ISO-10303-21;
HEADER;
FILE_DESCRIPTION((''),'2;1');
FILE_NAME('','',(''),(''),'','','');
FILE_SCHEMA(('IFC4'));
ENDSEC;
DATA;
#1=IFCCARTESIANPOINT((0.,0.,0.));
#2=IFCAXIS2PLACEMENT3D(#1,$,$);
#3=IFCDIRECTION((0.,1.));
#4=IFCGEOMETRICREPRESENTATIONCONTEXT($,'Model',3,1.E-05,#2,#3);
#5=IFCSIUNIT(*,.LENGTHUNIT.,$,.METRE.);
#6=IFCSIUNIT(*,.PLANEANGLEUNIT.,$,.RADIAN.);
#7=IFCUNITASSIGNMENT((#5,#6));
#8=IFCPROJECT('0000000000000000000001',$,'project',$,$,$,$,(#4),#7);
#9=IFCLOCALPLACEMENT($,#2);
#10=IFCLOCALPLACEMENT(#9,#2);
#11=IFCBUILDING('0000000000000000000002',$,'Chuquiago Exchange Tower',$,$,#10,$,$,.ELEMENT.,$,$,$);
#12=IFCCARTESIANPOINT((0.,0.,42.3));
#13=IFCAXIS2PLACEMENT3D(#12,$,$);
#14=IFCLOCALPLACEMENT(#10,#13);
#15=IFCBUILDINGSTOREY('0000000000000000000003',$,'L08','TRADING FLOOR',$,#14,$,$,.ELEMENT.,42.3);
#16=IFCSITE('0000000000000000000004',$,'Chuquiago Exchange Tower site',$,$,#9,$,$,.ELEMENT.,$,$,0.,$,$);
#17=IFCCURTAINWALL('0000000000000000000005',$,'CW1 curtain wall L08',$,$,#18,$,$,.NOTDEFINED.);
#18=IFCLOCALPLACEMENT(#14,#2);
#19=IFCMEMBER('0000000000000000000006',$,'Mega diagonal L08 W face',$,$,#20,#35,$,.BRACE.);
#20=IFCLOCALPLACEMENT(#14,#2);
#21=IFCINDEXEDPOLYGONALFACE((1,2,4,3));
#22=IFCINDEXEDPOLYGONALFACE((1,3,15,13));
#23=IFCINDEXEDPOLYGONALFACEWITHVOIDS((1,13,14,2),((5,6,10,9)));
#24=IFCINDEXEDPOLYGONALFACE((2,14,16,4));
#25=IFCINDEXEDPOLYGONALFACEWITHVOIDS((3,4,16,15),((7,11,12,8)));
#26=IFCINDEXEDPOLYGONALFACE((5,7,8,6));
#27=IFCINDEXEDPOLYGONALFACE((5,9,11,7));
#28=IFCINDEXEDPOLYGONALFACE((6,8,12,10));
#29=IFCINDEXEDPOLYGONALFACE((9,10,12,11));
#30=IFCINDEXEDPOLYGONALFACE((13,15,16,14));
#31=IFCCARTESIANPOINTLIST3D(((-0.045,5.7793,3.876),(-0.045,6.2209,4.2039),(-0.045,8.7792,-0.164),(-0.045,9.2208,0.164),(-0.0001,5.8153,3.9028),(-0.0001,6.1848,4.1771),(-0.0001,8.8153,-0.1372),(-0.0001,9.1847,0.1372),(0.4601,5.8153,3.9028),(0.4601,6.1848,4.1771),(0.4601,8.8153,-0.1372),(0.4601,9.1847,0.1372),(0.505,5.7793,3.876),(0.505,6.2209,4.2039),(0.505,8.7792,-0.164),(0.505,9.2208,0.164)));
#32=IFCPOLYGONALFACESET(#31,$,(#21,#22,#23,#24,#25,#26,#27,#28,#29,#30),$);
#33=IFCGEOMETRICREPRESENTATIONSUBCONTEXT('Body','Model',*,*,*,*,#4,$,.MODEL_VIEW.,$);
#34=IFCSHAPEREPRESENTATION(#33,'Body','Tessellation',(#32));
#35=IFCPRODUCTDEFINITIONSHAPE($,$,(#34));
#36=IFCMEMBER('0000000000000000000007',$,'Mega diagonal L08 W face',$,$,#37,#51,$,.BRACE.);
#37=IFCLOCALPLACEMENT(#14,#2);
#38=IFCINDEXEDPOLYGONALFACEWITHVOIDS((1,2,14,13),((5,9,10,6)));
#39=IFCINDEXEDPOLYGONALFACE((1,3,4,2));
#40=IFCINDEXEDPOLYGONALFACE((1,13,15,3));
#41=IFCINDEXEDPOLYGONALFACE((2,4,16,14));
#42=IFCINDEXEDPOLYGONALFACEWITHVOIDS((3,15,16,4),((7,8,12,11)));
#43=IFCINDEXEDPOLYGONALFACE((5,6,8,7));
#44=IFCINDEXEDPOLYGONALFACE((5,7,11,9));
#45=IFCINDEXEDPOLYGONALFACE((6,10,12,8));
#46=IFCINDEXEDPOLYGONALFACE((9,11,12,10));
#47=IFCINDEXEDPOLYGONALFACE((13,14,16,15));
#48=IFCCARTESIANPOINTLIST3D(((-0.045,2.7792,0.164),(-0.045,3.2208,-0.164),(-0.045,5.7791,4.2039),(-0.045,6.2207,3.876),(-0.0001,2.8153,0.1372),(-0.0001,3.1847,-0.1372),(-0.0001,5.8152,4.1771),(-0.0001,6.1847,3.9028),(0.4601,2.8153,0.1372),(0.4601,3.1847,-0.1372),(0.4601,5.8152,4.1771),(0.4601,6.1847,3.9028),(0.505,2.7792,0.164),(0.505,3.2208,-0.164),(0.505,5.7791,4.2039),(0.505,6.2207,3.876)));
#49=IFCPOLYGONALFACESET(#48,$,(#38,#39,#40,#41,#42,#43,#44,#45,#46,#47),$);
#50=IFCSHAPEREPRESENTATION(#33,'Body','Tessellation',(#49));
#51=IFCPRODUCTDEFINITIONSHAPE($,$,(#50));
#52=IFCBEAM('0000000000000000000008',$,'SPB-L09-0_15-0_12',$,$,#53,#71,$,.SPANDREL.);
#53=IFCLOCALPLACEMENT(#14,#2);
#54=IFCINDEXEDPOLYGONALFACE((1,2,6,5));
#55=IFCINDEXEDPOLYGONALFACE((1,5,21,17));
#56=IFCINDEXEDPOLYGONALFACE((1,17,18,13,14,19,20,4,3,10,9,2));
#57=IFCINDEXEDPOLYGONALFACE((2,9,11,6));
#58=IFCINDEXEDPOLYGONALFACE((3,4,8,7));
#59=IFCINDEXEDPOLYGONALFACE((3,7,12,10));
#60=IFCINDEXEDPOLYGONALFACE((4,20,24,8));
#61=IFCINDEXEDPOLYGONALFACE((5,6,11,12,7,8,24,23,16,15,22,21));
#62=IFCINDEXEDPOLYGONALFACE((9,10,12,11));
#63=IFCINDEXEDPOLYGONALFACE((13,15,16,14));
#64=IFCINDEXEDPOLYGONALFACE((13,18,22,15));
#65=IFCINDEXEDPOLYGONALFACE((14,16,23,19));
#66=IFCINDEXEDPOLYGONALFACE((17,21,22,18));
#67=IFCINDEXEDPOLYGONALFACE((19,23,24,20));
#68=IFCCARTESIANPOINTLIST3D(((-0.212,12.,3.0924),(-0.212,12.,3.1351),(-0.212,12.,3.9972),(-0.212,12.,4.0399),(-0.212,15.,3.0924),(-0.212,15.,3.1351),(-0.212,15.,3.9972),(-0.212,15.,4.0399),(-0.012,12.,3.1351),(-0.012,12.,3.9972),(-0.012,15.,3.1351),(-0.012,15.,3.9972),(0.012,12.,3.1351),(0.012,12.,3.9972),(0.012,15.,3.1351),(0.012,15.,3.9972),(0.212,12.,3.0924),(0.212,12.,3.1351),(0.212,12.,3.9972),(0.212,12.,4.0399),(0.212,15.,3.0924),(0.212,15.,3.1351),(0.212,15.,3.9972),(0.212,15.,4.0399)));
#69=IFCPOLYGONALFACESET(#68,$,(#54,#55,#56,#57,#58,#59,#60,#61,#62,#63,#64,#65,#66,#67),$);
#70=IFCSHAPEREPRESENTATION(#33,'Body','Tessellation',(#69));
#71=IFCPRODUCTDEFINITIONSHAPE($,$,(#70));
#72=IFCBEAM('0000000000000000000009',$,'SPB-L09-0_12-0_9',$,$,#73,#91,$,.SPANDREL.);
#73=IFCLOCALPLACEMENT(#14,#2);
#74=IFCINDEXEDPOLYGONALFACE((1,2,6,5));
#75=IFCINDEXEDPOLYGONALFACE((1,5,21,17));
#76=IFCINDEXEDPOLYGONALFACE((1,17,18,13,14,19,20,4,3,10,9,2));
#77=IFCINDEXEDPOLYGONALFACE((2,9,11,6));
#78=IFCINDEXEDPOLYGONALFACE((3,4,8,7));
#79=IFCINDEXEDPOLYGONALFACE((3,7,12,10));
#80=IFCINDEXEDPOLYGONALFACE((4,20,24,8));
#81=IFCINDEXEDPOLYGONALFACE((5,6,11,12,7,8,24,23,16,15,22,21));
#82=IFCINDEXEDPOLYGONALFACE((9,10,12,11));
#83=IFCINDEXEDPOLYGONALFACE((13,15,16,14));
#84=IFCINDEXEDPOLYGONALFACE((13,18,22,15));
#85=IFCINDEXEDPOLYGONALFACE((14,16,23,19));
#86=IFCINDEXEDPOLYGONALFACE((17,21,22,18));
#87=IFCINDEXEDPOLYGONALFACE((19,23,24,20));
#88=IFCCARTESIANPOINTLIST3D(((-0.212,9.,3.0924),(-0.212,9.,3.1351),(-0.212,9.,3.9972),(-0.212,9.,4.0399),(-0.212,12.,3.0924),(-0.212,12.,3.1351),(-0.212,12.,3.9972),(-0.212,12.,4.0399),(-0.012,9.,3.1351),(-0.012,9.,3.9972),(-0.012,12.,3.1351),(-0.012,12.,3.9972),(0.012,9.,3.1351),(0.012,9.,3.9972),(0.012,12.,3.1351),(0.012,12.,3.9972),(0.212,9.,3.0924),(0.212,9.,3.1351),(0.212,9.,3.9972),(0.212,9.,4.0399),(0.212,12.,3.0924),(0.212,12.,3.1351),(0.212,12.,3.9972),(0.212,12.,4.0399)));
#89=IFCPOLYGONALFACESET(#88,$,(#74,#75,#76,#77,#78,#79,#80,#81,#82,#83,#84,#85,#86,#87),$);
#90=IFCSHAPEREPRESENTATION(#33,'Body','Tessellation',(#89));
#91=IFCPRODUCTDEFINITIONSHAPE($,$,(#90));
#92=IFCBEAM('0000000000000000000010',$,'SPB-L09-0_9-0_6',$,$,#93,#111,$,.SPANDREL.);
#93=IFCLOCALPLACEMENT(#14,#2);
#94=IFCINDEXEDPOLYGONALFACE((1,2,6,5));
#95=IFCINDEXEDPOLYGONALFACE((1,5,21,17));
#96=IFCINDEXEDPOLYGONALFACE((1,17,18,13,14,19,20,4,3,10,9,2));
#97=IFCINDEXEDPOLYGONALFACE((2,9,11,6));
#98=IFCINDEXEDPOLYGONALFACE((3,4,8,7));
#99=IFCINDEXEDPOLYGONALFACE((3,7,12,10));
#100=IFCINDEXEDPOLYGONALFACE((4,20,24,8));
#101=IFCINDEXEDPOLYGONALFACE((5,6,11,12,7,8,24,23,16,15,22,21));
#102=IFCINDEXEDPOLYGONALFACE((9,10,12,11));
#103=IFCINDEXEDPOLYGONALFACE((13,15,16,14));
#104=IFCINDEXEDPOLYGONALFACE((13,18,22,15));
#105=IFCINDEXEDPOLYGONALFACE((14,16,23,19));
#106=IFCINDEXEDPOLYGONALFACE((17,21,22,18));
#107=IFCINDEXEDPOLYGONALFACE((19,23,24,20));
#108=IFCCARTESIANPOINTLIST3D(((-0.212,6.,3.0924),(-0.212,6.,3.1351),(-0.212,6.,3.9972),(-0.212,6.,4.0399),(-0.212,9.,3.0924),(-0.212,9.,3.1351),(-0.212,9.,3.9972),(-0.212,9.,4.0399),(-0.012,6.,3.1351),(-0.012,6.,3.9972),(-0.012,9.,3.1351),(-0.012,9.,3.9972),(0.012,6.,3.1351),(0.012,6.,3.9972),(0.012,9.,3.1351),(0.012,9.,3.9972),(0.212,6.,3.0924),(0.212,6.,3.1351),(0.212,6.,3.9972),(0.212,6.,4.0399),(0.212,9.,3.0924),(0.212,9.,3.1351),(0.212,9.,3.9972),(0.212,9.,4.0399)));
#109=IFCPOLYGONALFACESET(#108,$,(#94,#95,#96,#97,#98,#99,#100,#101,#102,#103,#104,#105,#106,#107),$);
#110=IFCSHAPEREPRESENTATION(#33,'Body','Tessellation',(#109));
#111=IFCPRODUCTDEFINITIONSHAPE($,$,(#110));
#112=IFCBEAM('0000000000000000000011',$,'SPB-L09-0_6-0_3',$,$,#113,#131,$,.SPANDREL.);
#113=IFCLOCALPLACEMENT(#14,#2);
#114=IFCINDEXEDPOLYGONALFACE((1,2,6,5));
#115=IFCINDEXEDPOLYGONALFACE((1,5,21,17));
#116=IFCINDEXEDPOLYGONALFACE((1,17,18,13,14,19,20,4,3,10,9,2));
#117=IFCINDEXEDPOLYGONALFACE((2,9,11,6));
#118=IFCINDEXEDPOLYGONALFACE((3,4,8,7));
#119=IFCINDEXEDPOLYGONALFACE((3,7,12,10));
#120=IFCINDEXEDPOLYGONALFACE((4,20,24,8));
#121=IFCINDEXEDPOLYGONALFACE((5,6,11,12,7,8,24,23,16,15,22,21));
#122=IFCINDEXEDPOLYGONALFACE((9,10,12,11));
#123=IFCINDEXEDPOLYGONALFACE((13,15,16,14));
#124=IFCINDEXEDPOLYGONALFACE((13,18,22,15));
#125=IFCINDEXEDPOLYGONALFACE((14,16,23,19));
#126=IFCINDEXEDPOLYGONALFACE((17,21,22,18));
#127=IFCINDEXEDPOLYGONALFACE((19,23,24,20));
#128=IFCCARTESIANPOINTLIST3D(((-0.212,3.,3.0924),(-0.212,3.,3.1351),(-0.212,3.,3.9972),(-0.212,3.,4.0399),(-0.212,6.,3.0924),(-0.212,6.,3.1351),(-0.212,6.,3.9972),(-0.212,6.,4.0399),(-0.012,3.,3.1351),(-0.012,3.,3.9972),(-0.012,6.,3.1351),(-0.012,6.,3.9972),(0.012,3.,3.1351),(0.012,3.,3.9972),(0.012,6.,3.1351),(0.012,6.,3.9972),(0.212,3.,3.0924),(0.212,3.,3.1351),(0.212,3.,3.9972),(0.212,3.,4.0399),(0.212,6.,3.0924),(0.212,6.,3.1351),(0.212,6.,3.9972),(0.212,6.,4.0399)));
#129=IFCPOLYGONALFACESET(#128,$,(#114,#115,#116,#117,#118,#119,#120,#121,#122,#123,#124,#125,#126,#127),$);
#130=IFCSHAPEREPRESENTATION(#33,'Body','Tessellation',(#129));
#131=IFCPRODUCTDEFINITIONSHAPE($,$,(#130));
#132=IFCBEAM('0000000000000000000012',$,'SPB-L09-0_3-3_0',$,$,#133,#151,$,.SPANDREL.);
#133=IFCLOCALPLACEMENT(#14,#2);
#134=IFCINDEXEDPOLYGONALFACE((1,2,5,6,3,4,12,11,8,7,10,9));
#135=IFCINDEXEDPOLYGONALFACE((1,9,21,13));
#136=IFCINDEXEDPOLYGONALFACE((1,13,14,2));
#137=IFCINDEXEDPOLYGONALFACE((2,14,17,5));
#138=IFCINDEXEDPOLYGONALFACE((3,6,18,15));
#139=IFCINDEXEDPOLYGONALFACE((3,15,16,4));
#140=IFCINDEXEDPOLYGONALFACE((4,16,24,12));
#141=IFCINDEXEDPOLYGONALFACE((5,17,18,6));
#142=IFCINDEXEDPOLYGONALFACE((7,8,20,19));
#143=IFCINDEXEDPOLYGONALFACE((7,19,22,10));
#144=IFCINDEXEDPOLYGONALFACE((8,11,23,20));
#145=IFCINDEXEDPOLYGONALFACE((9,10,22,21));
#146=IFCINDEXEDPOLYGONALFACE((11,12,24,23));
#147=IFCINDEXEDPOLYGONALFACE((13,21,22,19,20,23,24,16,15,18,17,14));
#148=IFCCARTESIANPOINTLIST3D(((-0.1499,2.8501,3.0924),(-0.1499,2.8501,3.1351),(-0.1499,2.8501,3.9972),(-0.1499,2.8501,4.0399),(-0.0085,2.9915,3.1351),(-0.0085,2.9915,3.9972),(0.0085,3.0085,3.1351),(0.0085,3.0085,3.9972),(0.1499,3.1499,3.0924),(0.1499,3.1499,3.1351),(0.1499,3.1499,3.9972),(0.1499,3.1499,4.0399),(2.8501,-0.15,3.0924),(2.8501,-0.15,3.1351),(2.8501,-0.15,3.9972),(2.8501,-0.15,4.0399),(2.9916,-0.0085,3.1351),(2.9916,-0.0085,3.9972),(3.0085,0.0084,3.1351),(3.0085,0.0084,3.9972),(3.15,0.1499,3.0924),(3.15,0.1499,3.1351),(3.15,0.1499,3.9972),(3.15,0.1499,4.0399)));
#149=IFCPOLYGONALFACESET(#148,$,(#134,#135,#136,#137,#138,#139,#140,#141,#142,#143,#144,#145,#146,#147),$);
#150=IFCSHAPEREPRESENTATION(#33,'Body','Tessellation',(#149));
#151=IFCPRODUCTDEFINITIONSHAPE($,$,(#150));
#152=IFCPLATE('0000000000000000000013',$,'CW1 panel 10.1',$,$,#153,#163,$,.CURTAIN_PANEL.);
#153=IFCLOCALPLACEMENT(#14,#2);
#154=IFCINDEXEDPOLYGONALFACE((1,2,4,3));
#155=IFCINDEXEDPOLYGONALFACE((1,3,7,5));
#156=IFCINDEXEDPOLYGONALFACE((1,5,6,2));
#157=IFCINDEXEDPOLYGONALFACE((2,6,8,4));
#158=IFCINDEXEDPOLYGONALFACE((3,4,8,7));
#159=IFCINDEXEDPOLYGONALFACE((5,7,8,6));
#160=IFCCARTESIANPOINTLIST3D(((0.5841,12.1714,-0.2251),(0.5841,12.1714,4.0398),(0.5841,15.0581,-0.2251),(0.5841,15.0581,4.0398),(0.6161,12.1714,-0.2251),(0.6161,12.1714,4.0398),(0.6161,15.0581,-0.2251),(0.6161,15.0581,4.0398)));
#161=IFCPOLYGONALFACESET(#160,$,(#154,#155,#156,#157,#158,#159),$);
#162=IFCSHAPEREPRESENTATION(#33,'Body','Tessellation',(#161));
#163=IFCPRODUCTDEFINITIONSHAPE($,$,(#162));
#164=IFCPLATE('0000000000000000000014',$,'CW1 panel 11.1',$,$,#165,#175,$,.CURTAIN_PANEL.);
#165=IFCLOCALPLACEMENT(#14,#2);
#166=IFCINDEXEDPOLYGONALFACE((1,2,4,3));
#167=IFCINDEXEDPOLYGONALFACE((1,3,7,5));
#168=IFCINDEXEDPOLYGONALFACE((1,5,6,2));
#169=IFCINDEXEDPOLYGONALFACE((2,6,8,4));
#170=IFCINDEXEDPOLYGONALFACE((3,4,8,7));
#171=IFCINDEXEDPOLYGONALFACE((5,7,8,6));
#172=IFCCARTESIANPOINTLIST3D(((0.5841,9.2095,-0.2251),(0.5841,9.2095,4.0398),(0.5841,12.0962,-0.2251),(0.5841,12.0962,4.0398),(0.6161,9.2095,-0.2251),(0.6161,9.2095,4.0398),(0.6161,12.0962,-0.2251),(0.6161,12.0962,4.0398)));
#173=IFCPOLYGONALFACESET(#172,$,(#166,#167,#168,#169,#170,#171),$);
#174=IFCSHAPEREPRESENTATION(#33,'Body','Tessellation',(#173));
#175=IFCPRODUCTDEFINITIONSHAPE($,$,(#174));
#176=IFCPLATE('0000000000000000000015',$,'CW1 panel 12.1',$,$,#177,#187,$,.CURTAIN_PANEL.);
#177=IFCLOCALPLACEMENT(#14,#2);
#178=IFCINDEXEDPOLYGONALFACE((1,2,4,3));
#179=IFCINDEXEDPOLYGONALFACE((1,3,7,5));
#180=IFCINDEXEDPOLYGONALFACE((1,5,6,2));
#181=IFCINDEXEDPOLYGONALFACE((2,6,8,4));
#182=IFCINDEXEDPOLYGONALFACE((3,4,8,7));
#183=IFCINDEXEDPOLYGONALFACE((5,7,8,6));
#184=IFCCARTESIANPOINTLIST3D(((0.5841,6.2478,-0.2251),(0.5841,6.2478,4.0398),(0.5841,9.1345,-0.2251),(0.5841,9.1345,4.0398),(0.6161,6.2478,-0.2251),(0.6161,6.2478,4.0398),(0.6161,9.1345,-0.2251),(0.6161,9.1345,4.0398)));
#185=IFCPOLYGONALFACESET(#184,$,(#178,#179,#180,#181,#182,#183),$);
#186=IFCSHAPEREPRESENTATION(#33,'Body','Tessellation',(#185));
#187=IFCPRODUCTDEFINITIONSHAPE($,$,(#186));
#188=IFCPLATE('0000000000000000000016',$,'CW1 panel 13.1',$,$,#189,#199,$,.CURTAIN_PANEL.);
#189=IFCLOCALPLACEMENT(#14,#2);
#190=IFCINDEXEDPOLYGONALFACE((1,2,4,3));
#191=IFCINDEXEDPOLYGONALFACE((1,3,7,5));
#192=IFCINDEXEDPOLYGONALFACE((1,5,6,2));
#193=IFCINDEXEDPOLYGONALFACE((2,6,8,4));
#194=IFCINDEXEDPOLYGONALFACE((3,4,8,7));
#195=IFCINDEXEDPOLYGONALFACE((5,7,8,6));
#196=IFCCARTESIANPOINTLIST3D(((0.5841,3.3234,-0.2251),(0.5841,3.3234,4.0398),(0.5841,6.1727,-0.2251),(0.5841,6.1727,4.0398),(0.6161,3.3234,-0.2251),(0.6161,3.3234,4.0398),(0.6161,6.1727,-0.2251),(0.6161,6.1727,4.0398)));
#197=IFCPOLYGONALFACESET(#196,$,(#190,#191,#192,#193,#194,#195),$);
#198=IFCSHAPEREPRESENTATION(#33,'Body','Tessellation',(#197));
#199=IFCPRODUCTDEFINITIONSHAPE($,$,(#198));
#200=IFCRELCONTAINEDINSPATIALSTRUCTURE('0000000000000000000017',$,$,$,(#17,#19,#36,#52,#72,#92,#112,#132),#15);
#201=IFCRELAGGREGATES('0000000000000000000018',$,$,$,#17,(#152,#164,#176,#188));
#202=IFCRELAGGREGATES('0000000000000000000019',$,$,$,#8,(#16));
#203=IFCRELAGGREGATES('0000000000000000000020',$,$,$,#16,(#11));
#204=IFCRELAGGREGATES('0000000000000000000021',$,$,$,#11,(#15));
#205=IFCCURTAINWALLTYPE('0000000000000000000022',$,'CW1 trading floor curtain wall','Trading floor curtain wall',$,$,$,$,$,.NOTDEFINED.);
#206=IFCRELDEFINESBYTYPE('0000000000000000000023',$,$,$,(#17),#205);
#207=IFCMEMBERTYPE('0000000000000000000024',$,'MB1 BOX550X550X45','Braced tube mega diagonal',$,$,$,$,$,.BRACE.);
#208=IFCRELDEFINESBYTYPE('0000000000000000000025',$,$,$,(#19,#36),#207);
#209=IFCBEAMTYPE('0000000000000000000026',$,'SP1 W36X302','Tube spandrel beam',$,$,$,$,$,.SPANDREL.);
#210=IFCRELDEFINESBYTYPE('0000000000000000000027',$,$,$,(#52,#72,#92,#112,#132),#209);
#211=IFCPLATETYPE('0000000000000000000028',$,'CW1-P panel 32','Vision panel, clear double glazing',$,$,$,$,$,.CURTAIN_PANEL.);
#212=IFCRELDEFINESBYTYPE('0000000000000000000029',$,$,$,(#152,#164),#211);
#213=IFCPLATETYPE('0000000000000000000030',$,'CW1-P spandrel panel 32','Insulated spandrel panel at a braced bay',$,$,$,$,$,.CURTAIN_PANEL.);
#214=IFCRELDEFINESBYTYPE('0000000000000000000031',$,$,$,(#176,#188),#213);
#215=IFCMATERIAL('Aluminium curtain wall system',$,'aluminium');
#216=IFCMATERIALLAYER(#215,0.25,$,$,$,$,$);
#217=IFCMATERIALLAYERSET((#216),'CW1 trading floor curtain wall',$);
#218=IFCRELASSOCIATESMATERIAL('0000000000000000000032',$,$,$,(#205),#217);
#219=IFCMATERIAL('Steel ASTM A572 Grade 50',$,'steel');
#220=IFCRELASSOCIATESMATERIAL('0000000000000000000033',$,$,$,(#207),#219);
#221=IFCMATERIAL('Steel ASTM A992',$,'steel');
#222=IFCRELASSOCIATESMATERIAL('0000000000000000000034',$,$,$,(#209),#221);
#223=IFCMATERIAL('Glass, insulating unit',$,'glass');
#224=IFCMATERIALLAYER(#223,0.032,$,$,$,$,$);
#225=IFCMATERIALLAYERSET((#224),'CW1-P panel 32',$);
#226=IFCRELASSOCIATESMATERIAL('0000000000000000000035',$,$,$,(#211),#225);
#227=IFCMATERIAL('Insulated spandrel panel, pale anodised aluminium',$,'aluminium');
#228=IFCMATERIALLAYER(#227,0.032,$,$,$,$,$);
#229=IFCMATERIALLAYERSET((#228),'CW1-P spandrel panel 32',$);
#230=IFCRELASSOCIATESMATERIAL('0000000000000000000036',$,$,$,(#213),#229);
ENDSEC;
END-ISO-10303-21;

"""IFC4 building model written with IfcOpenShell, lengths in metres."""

from ifc_helpers import new_model, si_unit, direction, frame, origin, origin_2d, place, context, subcontext, project, spatial, rectangle, hollow_rectangle, i_section, extrude, material, layer, layer_set, material_profile, profile_set, type_object, element, aggregate, save


model = new_model("IFC4")

# Units and contexts
model_context = context("Model", 3, precision=1e-05, world=origin(), true_north=direction((0.0, 1.0)))
body_context = subcontext(model_context, "Body", "Model", "MODEL_VIEW")
ifc_project = project(units=[si_unit("LENGTHUNIT", "METRE"), si_unit("PLANEANGLEUNIT", "RADIAN")], contexts=[model_context])

# Site, building, storey
site_placement = place(None, origin())
site = spatial("IfcSite", under=ifc_project, at=site_placement, Name="Chuquiago Exchange Tower site", CompositionType="ELEMENT", RefElevation=0.0)
building_placement = place(site_placement, origin())
building = spatial("IfcBuilding", under=site, at=building_placement, Name="Chuquiago Exchange Tower", CompositionType="ELEMENT")
storey_placement = place(building_placement, frame((0.0, 0.0, 42.3)))
storey = spatial("IfcBuildingStorey", under=building, at=storey_placement, Name="L08", Description="TRADING FLOOR", CompositionType="ELEMENT", Elevation=42.3)

# Curtain wall
ifc_material_1 = material(Name="Aluminium curtain wall system", Category="aluminium")
ifc_layer_1 = layer(ifc_material_1, 0.25)
ifc_layer_set_1 = layer_set([ifc_layer_1], Name="CW1 trading floor curtain wall")
curtain_wall_type = type_object("IfcCurtainWallType", Name="CW1 trading floor curtain wall", Description="Trading floor curtain wall", PredefinedType="NOTDEFINED", material=ifc_layer_set_1)
curtain_wall_placement = place(storey_placement, origin())
curtain_wall = element("IfcCurtainWall", 1, at=curtain_wall_placement, inside=storey, type_object=curtain_wall_type, Name="CW1 curtain wall L08", PredefinedType="NOTDEFINED")

# Members
ifc_material_2 = material(Name="Steel ASTM A572 Grade 50", Category="steel")
ifc_material_profile_1 = material_profile(ifc_material_2, hollow_rectangle(XDim=0.55, YDim=0.55, WallThickness=0.0449, at=origin_2d()), Name="BOX550X550X45")
ifc_profile_set_1 = profile_set([ifc_material_profile_1], Name="Steel ASTM A572 Grade 50")
member_type_1 = type_object("IfcMemberType", Name="MB1 BOX550X550X45", Description="Braced tube mega diagonal", PredefinedType="BRACE", material=ifc_profile_set_1)
for number, where, z_axis, x_axis, name in (
    (2, (0.23, 9.0, 0.0), (0.0, -0.596174, 0.802855), (1.0, 0.0, 0.0), "Mega diagonal L08 W face"),
    (3, (0.23, 3.0, 0.0), (0.0, 0.596174, 0.802855), (-1.0, 0.0, 0.0), "Mega diagonal L08 W face"),
):
    element("IfcMember", number, at=place(storey_placement, frame(where, z_axis=z_axis, x_axis=x_axis)), inside=storey, type_object=member_type_1, Name=name, PredefinedType="BRACE", context=body_context, shape_type="SweptSolid", body=[
        extrude(hollow_rectangle(XDim=0.55, YDim=0.55, WallThickness=0.0449, at=origin_2d()), origin(), (0.0, 0.0, 1.0), 5.032),
    ])

# Beams
ifc_material_3 = material(Name="Steel ASTM A992", Category="steel")
ifc_material_profile_2 = material_profile(ifc_material_3, i_section(OverallWidth=0.4241, OverallDepth=0.9475, WebThickness=0.0239, FlangeThickness=0.0427, at=origin_2d()), Name="W36X302")
ifc_profile_set_2 = profile_set([ifc_material_profile_2], Name="Steel ASTM A992")
beam_type = type_object("IfcBeamType", Name="SP1 W36X302", Description="Tube spandrel beam", PredefinedType="SPANDREL", material=ifc_profile_set_2)
for number, where, z_axis, x_axis, name in (
    (4, (0.0, 15.0, 3.5662), (0.0, -1.0, 0.0), (1.0, 0.0, 0.0), "SPB-L09-0_15-0_12"),
    (5, (0.0, 12.0, 3.5662), (0.0, -1.0, 0.0), (1.0, 0.0, 0.0), "SPB-L09-0_12-0_9"),
    (6, (0.0, 9.0, 3.5662), (0.0, -1.0, 0.0), (1.0, 0.0, 0.0), "SPB-L09-0_9-0_6"),
    (7, (0.0, 6.0, 3.5662), (0.0, -1.0, 0.0), (1.0, 0.0, 0.0), "SPB-L09-0_6-0_3"),
):
    element("IfcBeam", number, at=place(storey_placement, frame(where, z_axis=z_axis, x_axis=x_axis)), inside=storey, type_object=beam_type, Name=name, PredefinedType="SPANDREL", context=body_context, shape_type="SweptSolid", body=[
        extrude(i_section(OverallWidth=0.4241, OverallDepth=0.9475, WebThickness=0.0239, FlangeThickness=0.0427, at=origin_2d()), origin(), (0.0, 0.0, 1.0), 3.0),
    ])
beam_placement = place(storey_placement, frame((0.0, 3.0, 3.5662), z_axis=(0.707107, -0.707107, 0.0), x_axis=(0.707107, 0.707107, 0.0)))
element("IfcBeam", 8, at=beam_placement, inside=storey, type_object=beam_type, Name="SPB-L09-0_3-3_0", PredefinedType="SPANDREL", context=body_context, shape_type="SweptSolid", body=[
    extrude(i_section(OverallWidth=0.4241, OverallDepth=0.9475, WebThickness=0.0239, FlangeThickness=0.0427, at=origin_2d()), origin(), (0.0, 0.0, 1.0), 4.2427),
])

# Plates
ifc_material_4 = material(Name="Glass, insulating unit", Category="glass")
ifc_layer_2 = layer(ifc_material_4, 0.032)
ifc_layer_set_2 = layer_set([ifc_layer_2], Name="CW1-P panel 32")
plate_type_1 = type_object("IfcPlateType", Name="CW1-P panel 32", Description="Vision panel, clear double glazing", PredefinedType="CURTAIN_PANEL", material=ifc_layer_set_2)
plate_1_placement = place(storey_placement, frame((0.6001, 13.6147, -0.2251), z_axis=(0.0, 0.0, 1.0), x_axis=(0.0, -1.0, 0.0)))
plate_1 = element("IfcPlate", 9, at=plate_1_placement, type_object=plate_type_1, Name="CW1 panel 10.1", PredefinedType="CURTAIN_PANEL", context=body_context, shape_type="SweptSolid", body=[
    extrude(rectangle(XDim=2.8867, YDim=0.032, at=origin_2d()), origin(), (0.0, 0.0, 1.0), 4.2649),
])
plate_2_placement = place(storey_placement, frame((0.6001, 10.6528, -0.2251), z_axis=(0.0, 0.0, 1.0), x_axis=(0.0, -1.0, 0.0)))
plate_2 = element("IfcPlate", 10, at=plate_2_placement, type_object=plate_type_1, Name="CW1 panel 11.1", PredefinedType="CURTAIN_PANEL", context=body_context, shape_type="SweptSolid", body=[
    extrude(rectangle(XDim=2.8867, YDim=0.032, at=origin_2d()), origin(), (0.0, 0.0, 1.0), 4.2649),
])
ifc_material_5 = material(Name="Insulated spandrel panel, pale anodised aluminium", Category="aluminium")
ifc_layer_3 = layer(ifc_material_5, 0.032)
ifc_layer_set_3 = layer_set([ifc_layer_3], Name="CW1-P spandrel panel 32")
plate_type_2 = type_object("IfcPlateType", Name="CW1-P spandrel panel 32", Description="Insulated spandrel panel at a braced bay", PredefinedType="CURTAIN_PANEL", material=ifc_layer_set_3)
plate_3_placement = place(storey_placement, frame((0.6001, 7.6912, -0.2251), z_axis=(0.0, 0.0, 1.0), x_axis=(0.0, -1.0, 0.0)))
plate_3 = element("IfcPlate", 11, at=plate_3_placement, type_object=plate_type_2, Name="CW1 panel 12.1", PredefinedType="CURTAIN_PANEL", context=body_context, shape_type="SweptSolid", body=[
    extrude(rectangle(XDim=2.8867, YDim=0.032, at=origin_2d()), origin(), (0.0, 0.0, 1.0), 4.2649),
])
plate_4_placement = place(storey_placement, frame((0.6001, 4.748, -0.2251), z_axis=(0.0, 0.0, 1.0), x_axis=(0.0, -1.0, 0.0)))
plate_4 = element("IfcPlate", 12, at=plate_4_placement, type_object=plate_type_2, Name="CW1 panel 13.1", PredefinedType="CURTAIN_PANEL", context=body_context, shape_type="SweptSolid", body=[
    extrude(rectangle(XDim=2.8494, YDim=0.032, at=origin_2d()), origin(), (0.0, 0.0, 1.0), 4.2649),
])
aggregate(curtain_wall, [plate_1, plate_2, plate_3, plate_4])

save(model, "model.ifc")
